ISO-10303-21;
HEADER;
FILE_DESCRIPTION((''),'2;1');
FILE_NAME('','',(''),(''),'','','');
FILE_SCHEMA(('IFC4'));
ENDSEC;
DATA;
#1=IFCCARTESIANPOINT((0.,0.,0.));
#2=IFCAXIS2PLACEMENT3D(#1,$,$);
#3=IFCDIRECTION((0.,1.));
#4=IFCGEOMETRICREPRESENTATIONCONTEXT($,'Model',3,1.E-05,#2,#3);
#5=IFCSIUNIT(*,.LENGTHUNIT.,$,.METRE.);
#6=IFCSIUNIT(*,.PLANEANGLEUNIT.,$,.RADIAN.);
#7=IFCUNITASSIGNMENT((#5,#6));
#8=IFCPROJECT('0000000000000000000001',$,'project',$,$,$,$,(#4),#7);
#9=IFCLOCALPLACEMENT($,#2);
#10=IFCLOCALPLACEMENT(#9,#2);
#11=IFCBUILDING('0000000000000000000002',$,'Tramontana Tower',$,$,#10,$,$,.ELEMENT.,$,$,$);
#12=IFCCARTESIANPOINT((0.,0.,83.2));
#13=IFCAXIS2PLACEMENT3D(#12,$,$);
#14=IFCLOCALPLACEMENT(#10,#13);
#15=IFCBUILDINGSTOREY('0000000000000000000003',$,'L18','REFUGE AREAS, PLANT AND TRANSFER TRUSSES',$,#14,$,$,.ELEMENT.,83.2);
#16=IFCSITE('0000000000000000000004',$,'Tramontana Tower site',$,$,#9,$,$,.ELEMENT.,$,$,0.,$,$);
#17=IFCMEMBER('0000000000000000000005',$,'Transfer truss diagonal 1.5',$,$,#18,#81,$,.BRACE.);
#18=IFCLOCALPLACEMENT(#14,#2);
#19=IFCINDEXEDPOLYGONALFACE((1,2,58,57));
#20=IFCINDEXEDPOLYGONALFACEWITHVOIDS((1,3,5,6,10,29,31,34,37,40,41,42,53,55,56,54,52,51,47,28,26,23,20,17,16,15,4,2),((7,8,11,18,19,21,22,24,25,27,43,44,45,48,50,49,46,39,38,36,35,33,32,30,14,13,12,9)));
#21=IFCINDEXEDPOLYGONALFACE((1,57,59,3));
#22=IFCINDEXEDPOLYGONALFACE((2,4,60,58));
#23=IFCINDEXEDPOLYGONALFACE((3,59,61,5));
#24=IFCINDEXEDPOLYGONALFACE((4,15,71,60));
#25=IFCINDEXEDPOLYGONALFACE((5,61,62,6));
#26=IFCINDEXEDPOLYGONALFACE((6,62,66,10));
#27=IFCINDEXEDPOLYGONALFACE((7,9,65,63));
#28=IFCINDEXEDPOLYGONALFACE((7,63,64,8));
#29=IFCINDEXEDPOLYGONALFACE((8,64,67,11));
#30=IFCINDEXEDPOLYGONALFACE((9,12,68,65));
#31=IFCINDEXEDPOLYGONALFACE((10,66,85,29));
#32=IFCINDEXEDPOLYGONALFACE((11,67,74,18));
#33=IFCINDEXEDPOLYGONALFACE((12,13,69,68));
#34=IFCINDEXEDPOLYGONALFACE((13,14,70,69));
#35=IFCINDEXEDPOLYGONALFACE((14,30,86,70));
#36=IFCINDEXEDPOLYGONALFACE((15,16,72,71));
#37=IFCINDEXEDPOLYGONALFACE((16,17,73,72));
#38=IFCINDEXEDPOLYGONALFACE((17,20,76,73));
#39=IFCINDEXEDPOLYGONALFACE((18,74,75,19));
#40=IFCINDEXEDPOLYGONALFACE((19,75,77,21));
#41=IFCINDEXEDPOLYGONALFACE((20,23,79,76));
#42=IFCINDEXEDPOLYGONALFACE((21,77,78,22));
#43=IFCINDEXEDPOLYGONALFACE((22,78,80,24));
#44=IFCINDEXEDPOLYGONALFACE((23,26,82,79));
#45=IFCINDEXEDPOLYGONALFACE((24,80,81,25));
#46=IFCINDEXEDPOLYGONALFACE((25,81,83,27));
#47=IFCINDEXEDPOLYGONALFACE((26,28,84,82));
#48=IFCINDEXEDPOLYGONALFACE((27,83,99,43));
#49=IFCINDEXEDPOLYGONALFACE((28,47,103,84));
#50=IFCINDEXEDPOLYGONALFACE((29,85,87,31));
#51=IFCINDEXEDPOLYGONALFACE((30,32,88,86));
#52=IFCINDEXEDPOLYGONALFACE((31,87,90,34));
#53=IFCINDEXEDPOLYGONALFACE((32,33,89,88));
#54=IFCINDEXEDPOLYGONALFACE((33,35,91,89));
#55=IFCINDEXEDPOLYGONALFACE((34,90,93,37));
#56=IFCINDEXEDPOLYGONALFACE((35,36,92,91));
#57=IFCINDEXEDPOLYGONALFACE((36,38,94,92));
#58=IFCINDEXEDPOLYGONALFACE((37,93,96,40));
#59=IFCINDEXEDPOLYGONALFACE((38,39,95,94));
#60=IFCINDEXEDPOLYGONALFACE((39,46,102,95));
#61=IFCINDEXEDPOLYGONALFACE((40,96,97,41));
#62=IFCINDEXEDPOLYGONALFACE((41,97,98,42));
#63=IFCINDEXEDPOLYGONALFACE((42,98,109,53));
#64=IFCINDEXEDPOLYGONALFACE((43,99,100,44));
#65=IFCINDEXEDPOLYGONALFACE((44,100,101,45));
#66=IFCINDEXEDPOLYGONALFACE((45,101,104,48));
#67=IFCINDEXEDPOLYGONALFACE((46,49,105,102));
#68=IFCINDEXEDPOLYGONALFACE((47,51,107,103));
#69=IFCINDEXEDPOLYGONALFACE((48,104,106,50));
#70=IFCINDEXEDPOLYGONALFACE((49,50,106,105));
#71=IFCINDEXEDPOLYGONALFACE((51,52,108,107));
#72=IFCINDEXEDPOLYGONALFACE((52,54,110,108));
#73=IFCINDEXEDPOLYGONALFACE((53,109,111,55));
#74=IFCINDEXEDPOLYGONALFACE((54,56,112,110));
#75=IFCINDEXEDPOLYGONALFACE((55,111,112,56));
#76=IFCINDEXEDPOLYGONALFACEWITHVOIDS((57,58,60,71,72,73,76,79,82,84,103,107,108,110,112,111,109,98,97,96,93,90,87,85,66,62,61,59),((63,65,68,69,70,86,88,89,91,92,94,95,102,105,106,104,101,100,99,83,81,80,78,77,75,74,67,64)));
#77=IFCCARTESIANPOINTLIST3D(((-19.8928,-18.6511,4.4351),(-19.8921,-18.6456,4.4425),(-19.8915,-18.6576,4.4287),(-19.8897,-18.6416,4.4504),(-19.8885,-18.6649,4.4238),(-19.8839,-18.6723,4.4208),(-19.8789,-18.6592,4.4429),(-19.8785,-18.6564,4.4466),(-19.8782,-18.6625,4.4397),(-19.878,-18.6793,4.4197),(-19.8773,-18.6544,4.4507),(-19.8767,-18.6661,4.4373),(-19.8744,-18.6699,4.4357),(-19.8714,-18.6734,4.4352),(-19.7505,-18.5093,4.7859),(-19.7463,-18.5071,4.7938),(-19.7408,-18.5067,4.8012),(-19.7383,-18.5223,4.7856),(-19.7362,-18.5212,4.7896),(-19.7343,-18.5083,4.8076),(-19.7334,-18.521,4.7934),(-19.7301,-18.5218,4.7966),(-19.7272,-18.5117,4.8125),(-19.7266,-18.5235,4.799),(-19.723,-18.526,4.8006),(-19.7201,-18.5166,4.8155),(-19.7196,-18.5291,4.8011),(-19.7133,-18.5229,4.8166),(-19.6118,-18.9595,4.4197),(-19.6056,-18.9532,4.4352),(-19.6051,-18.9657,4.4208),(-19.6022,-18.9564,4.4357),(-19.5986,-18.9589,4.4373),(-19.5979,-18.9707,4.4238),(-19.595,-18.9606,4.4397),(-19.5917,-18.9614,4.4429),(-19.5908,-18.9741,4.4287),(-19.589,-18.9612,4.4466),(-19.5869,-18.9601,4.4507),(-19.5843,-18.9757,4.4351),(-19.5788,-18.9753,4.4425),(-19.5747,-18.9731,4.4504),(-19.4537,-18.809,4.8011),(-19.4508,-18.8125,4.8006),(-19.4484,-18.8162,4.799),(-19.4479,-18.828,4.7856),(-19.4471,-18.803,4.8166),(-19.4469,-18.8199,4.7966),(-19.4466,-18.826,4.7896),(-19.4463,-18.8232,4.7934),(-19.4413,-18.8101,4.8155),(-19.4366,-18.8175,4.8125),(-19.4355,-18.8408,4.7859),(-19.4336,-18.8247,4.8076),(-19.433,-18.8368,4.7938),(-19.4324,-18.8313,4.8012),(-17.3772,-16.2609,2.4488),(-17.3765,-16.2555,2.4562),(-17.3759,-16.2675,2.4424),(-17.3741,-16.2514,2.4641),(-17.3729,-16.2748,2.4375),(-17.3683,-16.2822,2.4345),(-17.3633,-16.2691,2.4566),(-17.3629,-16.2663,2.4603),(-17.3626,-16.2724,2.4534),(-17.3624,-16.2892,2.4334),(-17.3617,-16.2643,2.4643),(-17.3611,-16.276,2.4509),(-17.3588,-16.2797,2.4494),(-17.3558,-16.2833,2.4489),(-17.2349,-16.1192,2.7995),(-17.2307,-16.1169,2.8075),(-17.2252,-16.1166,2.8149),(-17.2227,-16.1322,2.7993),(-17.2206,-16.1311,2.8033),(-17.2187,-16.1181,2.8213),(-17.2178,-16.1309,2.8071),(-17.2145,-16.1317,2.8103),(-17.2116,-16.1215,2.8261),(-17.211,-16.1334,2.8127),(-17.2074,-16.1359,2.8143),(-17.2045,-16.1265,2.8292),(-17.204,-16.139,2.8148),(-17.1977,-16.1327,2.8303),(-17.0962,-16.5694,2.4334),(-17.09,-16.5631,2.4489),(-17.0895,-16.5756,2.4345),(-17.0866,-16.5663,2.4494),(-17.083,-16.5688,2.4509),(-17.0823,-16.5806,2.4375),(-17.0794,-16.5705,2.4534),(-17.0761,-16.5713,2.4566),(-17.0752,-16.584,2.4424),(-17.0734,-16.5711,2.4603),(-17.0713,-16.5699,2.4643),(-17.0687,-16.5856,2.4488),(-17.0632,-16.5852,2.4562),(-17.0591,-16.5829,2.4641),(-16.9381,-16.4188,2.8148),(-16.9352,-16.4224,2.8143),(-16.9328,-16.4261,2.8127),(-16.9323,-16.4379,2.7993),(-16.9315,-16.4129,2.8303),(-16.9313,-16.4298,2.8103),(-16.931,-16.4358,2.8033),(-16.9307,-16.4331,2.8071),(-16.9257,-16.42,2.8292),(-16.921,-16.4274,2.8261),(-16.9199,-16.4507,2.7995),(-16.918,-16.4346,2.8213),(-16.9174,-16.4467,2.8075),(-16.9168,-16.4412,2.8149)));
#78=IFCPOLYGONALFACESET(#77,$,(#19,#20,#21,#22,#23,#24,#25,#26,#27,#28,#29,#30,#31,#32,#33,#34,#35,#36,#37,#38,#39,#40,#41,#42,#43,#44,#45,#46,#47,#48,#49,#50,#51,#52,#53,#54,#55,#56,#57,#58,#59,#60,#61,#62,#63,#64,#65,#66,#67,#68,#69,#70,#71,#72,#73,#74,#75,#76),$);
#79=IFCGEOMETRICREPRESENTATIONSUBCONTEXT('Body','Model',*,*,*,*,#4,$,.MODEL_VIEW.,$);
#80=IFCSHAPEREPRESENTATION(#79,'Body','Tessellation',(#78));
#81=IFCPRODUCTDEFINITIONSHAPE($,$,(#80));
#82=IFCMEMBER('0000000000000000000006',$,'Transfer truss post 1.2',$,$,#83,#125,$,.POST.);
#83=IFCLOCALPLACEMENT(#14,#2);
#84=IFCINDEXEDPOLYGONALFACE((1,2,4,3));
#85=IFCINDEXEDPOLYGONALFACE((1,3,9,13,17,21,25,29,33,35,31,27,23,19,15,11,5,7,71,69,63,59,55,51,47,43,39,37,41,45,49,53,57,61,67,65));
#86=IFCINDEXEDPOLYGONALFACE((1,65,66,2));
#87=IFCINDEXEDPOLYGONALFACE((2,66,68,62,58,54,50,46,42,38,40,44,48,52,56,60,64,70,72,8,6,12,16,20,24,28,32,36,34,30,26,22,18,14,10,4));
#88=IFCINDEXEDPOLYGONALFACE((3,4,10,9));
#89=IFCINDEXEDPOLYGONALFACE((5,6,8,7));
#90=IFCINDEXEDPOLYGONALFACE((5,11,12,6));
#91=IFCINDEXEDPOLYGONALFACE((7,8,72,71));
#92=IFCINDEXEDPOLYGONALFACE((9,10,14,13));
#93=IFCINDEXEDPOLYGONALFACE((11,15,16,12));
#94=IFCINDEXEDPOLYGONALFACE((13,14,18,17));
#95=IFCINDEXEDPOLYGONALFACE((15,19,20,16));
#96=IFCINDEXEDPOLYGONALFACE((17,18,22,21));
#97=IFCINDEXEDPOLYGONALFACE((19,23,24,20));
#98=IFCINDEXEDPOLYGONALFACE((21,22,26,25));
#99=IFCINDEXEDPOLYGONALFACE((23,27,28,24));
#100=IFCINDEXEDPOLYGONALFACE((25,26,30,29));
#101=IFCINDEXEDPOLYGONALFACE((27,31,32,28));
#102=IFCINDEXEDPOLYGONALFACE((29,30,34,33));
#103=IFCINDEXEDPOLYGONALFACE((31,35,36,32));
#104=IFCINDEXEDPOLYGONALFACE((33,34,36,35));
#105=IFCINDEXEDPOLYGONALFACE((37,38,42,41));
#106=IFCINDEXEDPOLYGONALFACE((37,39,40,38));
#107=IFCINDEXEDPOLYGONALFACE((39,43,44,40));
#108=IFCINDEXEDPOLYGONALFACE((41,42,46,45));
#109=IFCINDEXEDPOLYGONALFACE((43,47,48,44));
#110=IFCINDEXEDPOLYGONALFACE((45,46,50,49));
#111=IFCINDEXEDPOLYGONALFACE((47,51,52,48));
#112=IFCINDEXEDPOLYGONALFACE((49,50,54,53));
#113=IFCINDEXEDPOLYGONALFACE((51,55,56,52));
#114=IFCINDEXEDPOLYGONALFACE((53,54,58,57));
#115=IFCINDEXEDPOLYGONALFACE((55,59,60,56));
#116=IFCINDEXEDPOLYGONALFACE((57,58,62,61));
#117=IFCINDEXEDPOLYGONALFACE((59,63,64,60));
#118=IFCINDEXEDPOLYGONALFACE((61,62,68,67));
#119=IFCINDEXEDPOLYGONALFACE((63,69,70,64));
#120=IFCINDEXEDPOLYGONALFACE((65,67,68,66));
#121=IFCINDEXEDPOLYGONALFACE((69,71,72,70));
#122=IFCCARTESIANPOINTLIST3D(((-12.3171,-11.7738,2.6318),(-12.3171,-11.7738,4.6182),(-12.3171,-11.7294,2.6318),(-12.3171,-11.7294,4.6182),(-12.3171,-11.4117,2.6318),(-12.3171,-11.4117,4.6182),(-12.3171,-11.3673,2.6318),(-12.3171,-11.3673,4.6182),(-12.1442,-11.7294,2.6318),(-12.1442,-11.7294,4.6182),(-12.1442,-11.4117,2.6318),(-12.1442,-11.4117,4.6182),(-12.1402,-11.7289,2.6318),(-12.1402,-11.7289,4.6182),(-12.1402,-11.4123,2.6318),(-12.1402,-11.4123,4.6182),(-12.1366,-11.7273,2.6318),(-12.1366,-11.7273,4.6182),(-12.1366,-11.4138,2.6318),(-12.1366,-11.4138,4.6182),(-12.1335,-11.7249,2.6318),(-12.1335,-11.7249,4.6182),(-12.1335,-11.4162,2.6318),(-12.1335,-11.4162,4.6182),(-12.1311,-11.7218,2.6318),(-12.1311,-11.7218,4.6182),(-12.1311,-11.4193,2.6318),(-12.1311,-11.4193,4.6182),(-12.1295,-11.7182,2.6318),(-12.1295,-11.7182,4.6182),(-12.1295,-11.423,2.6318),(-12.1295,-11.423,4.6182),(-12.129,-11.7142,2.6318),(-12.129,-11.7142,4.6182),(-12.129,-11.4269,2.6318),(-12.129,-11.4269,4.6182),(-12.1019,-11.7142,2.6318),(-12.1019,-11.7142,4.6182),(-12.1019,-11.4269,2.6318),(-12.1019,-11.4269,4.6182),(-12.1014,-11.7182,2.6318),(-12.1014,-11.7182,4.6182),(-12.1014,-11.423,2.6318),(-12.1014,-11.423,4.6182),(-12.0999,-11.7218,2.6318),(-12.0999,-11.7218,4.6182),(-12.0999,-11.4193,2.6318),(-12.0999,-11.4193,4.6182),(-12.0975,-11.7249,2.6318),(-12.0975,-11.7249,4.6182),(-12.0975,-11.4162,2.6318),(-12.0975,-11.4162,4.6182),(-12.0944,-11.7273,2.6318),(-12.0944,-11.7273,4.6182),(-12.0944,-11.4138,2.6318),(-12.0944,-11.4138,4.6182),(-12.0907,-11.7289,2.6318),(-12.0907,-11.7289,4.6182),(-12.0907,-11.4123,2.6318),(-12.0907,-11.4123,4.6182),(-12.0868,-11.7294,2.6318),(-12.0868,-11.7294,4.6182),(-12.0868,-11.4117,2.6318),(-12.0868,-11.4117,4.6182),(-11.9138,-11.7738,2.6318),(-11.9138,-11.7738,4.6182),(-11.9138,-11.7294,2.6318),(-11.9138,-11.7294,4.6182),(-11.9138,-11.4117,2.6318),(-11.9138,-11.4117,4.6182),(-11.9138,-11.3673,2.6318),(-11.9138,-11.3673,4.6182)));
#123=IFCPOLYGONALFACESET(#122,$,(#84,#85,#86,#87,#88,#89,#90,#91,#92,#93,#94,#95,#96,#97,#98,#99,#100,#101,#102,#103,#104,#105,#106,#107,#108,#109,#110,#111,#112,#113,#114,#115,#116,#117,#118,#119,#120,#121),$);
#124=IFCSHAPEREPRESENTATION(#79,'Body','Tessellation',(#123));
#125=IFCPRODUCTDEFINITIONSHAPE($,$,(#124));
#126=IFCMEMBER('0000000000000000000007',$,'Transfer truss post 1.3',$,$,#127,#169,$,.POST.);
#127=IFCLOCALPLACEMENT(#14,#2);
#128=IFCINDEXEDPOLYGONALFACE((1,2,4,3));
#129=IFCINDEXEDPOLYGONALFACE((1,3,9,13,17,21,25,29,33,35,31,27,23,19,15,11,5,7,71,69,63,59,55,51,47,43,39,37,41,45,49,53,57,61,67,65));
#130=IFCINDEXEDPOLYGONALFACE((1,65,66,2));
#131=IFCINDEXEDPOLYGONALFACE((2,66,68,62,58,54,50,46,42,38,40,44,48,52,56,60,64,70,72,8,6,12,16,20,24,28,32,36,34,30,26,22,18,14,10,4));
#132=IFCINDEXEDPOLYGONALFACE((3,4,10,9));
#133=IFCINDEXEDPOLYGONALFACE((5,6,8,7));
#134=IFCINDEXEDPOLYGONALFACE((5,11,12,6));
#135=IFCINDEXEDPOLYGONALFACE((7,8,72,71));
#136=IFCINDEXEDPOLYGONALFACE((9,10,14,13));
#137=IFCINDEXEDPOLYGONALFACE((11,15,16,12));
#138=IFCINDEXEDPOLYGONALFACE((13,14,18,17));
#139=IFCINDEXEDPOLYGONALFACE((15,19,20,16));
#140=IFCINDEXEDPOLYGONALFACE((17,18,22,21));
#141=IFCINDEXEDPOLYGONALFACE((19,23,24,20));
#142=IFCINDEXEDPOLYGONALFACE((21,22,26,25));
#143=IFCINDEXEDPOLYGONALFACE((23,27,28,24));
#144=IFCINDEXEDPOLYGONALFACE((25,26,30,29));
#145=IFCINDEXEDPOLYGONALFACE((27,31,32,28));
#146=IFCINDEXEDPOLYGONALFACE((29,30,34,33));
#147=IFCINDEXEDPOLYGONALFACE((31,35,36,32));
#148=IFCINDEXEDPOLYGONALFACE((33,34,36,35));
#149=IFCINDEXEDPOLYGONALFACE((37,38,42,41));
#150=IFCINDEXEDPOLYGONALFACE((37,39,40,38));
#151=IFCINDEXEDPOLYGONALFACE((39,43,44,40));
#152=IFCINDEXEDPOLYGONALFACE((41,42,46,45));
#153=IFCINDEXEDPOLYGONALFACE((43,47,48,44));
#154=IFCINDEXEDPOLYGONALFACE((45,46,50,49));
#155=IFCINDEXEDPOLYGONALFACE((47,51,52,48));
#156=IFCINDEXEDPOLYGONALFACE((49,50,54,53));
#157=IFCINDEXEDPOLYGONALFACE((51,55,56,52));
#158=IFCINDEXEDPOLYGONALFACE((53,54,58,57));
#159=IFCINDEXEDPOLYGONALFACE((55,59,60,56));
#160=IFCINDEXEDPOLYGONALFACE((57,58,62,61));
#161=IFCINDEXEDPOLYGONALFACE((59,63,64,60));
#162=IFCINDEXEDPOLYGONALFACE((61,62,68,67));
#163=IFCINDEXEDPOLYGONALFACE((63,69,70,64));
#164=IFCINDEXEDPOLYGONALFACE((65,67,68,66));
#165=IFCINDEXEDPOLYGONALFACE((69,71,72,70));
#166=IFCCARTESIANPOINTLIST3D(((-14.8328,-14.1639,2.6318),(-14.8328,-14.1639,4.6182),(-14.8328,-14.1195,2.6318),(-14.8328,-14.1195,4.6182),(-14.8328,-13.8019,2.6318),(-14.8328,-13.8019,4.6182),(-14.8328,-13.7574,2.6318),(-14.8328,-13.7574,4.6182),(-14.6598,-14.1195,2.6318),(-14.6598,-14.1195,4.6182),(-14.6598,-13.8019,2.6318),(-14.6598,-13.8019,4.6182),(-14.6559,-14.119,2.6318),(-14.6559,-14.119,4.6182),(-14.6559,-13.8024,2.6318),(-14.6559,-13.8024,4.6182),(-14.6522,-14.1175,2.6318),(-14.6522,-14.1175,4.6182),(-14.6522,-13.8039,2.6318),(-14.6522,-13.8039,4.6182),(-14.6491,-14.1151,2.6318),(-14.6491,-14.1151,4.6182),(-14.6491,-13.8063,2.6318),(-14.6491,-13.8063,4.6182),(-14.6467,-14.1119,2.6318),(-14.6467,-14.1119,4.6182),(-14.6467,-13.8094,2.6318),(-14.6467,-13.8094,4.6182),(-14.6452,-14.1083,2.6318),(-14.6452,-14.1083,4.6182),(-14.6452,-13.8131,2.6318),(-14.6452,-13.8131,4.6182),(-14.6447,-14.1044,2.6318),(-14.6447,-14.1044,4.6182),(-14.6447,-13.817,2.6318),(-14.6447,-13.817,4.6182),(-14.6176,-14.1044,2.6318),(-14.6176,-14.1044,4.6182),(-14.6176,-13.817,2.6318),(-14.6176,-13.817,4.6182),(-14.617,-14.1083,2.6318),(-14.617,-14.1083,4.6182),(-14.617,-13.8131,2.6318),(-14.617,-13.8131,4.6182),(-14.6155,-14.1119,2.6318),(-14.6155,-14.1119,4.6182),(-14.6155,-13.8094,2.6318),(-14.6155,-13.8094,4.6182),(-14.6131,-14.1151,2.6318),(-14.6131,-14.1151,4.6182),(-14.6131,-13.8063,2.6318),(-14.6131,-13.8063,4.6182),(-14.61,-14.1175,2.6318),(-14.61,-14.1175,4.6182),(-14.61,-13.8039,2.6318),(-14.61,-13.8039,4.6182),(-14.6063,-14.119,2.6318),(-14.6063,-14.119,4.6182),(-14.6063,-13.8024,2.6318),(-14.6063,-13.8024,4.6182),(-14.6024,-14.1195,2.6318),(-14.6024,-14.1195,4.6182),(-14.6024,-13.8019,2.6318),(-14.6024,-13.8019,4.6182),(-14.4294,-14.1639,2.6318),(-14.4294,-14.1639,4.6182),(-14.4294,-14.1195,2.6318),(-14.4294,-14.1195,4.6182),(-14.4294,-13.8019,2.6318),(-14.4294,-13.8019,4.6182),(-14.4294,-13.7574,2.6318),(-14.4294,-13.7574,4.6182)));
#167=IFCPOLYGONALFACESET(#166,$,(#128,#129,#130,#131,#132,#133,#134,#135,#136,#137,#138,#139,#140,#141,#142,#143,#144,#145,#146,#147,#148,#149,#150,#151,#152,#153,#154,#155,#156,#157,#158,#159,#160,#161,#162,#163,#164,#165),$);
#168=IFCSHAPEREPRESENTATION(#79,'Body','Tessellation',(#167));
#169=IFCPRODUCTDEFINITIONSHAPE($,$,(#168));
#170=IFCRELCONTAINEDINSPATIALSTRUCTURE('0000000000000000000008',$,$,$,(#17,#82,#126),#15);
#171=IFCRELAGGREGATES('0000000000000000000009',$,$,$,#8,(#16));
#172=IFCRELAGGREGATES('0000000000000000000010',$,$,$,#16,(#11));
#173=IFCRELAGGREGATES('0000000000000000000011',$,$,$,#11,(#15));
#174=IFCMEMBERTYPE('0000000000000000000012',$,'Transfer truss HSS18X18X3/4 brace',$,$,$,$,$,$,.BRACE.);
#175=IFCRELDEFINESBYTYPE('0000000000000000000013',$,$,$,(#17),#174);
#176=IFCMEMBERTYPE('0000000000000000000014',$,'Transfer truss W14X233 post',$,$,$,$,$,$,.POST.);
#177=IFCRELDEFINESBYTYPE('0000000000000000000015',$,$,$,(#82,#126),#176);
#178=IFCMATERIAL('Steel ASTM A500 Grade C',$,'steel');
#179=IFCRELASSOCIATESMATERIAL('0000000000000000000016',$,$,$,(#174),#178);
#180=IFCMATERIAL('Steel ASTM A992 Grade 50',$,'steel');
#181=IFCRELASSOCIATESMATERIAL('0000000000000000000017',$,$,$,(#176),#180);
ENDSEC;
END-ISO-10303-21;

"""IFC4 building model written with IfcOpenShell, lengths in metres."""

from ifc_helpers import new_model, si_unit, direction, frame, origin, origin_2d, place, context, subcontext, project, spatial, hollow_rectangle, i_section, extrude, material, material_profile, profile_set, type_object, element, save


model = new_model("IFC4")

# Units and contexts
model_context = context("Model", 3, precision=1e-05, world=origin(), true_north=direction((0.0, 1.0)))
body_context = subcontext(model_context, "Body", "Model", "MODEL_VIEW")
ifc_project = project(units=[si_unit("LENGTHUNIT", "METRE"), si_unit("PLANEANGLEUNIT", "RADIAN")], contexts=[model_context])

# Site, building, storey
site_placement = place(None, origin())
site = spatial("IfcSite", under=ifc_project, at=site_placement, Name="Tramontana Tower site", CompositionType="ELEMENT", RefElevation=0.0)
building_placement = place(site_placement, origin())
building = spatial("IfcBuilding", under=site, at=building_placement, Name="Tramontana Tower", CompositionType="ELEMENT")
storey_placement = place(building_placement, frame((0.0, 0.0, 83.2)))
storey = spatial("IfcBuildingStorey", under=building, at=storey_placement, Name="L18", Description="REFUGE AREAS, PLANT AND TRANSFER TRUSSES", CompositionType="ELEMENT", Elevation=83.2)

# Members
ifc_material_1 = material(Name="Steel ASTM A500 Grade C", Category="steel")
ifc_material_profile_1 = material_profile(ifc_material_1, hollow_rectangle(XDim=0.4573, YDim=0.4573, WallThickness=0.0178, InnerFilletRadius=0.0178, OuterFilletRadius=0.0354, at=origin_2d()), Name="HSS18X18X3/4")
ifc_profile_set_1 = profile_set([ifc_material_profile_1], Name="Steel ASTM A500 Grade C")
member_type_1 = type_object("IfcMemberType", Name="Transfer truss HSS18X18X3/4 brace", PredefinedType="BRACE", material=ifc_profile_set_1)
member_1_placement = place(storey_placement, frame((-17.147, -16.3511, 2.6318), z_axis=(-0.629169, -0.597784, 0.49679), x_axis=(0.688794, -0.724957, 0.0)))
element("IfcMember", 1, at=member_1_placement, inside=storey, type_object=member_type_1, Name="Transfer truss diagonal 1.5", PredefinedType="BRACE", context=body_context, shape_type="SweptSolid", body=[
    extrude(hollow_rectangle(XDim=0.4573, YDim=0.4573, WallThickness=0.0178, InnerFilletRadius=0.0178, OuterFilletRadius=0.0354, at=origin_2d()), origin(), (0.0, 0.0, 1.0), 3.9983),
])
ifc_material_2 = material(Name="Steel ASTM A992 Grade 50", Category="steel")
ifc_material_profile_2 = material_profile(ifc_material_2, i_section(OverallWidth=0.4033, OverallDepth=0.4065, WebThickness=0.0271, FlangeThickness=0.0444, FilletRadius=0.0151, at=origin_2d()), Name="W14X233")
ifc_profile_set_2 = profile_set([ifc_material_profile_2], Name="Steel ASTM A992 Grade 50")
member_type_2 = type_object("IfcMemberType", Name="Transfer truss W14X233 post", PredefinedType="POST", material=ifc_profile_set_2)
for number, where, z_axis, x_axis, name in (
    (2, (-12.1155, -11.5706, 2.6318), (0.0, 0.0, 1.0), (1.0, 0.0, 0.0), "Transfer truss post 1.2"),
    (3, (-14.6311, -13.9607, 2.6318), (0.0, 0.0, 1.0), (1.0, 0.0, 0.0), "Transfer truss post 1.3"),
):
    element("IfcMember", number, at=place(storey_placement, frame(where, z_axis=z_axis, x_axis=x_axis)), inside=storey, type_object=member_type_2, Name=name, PredefinedType="POST", context=body_context, shape_type="SweptSolid", body=[
        extrude(i_section(OverallWidth=0.4033, OverallDepth=0.4065, WebThickness=0.0271, FlangeThickness=0.0444, FilletRadius=0.0151, at=origin_2d()), origin(), (0.0, 0.0, 1.0), 1.9863),
    ])

save(model, "model.ifc")
